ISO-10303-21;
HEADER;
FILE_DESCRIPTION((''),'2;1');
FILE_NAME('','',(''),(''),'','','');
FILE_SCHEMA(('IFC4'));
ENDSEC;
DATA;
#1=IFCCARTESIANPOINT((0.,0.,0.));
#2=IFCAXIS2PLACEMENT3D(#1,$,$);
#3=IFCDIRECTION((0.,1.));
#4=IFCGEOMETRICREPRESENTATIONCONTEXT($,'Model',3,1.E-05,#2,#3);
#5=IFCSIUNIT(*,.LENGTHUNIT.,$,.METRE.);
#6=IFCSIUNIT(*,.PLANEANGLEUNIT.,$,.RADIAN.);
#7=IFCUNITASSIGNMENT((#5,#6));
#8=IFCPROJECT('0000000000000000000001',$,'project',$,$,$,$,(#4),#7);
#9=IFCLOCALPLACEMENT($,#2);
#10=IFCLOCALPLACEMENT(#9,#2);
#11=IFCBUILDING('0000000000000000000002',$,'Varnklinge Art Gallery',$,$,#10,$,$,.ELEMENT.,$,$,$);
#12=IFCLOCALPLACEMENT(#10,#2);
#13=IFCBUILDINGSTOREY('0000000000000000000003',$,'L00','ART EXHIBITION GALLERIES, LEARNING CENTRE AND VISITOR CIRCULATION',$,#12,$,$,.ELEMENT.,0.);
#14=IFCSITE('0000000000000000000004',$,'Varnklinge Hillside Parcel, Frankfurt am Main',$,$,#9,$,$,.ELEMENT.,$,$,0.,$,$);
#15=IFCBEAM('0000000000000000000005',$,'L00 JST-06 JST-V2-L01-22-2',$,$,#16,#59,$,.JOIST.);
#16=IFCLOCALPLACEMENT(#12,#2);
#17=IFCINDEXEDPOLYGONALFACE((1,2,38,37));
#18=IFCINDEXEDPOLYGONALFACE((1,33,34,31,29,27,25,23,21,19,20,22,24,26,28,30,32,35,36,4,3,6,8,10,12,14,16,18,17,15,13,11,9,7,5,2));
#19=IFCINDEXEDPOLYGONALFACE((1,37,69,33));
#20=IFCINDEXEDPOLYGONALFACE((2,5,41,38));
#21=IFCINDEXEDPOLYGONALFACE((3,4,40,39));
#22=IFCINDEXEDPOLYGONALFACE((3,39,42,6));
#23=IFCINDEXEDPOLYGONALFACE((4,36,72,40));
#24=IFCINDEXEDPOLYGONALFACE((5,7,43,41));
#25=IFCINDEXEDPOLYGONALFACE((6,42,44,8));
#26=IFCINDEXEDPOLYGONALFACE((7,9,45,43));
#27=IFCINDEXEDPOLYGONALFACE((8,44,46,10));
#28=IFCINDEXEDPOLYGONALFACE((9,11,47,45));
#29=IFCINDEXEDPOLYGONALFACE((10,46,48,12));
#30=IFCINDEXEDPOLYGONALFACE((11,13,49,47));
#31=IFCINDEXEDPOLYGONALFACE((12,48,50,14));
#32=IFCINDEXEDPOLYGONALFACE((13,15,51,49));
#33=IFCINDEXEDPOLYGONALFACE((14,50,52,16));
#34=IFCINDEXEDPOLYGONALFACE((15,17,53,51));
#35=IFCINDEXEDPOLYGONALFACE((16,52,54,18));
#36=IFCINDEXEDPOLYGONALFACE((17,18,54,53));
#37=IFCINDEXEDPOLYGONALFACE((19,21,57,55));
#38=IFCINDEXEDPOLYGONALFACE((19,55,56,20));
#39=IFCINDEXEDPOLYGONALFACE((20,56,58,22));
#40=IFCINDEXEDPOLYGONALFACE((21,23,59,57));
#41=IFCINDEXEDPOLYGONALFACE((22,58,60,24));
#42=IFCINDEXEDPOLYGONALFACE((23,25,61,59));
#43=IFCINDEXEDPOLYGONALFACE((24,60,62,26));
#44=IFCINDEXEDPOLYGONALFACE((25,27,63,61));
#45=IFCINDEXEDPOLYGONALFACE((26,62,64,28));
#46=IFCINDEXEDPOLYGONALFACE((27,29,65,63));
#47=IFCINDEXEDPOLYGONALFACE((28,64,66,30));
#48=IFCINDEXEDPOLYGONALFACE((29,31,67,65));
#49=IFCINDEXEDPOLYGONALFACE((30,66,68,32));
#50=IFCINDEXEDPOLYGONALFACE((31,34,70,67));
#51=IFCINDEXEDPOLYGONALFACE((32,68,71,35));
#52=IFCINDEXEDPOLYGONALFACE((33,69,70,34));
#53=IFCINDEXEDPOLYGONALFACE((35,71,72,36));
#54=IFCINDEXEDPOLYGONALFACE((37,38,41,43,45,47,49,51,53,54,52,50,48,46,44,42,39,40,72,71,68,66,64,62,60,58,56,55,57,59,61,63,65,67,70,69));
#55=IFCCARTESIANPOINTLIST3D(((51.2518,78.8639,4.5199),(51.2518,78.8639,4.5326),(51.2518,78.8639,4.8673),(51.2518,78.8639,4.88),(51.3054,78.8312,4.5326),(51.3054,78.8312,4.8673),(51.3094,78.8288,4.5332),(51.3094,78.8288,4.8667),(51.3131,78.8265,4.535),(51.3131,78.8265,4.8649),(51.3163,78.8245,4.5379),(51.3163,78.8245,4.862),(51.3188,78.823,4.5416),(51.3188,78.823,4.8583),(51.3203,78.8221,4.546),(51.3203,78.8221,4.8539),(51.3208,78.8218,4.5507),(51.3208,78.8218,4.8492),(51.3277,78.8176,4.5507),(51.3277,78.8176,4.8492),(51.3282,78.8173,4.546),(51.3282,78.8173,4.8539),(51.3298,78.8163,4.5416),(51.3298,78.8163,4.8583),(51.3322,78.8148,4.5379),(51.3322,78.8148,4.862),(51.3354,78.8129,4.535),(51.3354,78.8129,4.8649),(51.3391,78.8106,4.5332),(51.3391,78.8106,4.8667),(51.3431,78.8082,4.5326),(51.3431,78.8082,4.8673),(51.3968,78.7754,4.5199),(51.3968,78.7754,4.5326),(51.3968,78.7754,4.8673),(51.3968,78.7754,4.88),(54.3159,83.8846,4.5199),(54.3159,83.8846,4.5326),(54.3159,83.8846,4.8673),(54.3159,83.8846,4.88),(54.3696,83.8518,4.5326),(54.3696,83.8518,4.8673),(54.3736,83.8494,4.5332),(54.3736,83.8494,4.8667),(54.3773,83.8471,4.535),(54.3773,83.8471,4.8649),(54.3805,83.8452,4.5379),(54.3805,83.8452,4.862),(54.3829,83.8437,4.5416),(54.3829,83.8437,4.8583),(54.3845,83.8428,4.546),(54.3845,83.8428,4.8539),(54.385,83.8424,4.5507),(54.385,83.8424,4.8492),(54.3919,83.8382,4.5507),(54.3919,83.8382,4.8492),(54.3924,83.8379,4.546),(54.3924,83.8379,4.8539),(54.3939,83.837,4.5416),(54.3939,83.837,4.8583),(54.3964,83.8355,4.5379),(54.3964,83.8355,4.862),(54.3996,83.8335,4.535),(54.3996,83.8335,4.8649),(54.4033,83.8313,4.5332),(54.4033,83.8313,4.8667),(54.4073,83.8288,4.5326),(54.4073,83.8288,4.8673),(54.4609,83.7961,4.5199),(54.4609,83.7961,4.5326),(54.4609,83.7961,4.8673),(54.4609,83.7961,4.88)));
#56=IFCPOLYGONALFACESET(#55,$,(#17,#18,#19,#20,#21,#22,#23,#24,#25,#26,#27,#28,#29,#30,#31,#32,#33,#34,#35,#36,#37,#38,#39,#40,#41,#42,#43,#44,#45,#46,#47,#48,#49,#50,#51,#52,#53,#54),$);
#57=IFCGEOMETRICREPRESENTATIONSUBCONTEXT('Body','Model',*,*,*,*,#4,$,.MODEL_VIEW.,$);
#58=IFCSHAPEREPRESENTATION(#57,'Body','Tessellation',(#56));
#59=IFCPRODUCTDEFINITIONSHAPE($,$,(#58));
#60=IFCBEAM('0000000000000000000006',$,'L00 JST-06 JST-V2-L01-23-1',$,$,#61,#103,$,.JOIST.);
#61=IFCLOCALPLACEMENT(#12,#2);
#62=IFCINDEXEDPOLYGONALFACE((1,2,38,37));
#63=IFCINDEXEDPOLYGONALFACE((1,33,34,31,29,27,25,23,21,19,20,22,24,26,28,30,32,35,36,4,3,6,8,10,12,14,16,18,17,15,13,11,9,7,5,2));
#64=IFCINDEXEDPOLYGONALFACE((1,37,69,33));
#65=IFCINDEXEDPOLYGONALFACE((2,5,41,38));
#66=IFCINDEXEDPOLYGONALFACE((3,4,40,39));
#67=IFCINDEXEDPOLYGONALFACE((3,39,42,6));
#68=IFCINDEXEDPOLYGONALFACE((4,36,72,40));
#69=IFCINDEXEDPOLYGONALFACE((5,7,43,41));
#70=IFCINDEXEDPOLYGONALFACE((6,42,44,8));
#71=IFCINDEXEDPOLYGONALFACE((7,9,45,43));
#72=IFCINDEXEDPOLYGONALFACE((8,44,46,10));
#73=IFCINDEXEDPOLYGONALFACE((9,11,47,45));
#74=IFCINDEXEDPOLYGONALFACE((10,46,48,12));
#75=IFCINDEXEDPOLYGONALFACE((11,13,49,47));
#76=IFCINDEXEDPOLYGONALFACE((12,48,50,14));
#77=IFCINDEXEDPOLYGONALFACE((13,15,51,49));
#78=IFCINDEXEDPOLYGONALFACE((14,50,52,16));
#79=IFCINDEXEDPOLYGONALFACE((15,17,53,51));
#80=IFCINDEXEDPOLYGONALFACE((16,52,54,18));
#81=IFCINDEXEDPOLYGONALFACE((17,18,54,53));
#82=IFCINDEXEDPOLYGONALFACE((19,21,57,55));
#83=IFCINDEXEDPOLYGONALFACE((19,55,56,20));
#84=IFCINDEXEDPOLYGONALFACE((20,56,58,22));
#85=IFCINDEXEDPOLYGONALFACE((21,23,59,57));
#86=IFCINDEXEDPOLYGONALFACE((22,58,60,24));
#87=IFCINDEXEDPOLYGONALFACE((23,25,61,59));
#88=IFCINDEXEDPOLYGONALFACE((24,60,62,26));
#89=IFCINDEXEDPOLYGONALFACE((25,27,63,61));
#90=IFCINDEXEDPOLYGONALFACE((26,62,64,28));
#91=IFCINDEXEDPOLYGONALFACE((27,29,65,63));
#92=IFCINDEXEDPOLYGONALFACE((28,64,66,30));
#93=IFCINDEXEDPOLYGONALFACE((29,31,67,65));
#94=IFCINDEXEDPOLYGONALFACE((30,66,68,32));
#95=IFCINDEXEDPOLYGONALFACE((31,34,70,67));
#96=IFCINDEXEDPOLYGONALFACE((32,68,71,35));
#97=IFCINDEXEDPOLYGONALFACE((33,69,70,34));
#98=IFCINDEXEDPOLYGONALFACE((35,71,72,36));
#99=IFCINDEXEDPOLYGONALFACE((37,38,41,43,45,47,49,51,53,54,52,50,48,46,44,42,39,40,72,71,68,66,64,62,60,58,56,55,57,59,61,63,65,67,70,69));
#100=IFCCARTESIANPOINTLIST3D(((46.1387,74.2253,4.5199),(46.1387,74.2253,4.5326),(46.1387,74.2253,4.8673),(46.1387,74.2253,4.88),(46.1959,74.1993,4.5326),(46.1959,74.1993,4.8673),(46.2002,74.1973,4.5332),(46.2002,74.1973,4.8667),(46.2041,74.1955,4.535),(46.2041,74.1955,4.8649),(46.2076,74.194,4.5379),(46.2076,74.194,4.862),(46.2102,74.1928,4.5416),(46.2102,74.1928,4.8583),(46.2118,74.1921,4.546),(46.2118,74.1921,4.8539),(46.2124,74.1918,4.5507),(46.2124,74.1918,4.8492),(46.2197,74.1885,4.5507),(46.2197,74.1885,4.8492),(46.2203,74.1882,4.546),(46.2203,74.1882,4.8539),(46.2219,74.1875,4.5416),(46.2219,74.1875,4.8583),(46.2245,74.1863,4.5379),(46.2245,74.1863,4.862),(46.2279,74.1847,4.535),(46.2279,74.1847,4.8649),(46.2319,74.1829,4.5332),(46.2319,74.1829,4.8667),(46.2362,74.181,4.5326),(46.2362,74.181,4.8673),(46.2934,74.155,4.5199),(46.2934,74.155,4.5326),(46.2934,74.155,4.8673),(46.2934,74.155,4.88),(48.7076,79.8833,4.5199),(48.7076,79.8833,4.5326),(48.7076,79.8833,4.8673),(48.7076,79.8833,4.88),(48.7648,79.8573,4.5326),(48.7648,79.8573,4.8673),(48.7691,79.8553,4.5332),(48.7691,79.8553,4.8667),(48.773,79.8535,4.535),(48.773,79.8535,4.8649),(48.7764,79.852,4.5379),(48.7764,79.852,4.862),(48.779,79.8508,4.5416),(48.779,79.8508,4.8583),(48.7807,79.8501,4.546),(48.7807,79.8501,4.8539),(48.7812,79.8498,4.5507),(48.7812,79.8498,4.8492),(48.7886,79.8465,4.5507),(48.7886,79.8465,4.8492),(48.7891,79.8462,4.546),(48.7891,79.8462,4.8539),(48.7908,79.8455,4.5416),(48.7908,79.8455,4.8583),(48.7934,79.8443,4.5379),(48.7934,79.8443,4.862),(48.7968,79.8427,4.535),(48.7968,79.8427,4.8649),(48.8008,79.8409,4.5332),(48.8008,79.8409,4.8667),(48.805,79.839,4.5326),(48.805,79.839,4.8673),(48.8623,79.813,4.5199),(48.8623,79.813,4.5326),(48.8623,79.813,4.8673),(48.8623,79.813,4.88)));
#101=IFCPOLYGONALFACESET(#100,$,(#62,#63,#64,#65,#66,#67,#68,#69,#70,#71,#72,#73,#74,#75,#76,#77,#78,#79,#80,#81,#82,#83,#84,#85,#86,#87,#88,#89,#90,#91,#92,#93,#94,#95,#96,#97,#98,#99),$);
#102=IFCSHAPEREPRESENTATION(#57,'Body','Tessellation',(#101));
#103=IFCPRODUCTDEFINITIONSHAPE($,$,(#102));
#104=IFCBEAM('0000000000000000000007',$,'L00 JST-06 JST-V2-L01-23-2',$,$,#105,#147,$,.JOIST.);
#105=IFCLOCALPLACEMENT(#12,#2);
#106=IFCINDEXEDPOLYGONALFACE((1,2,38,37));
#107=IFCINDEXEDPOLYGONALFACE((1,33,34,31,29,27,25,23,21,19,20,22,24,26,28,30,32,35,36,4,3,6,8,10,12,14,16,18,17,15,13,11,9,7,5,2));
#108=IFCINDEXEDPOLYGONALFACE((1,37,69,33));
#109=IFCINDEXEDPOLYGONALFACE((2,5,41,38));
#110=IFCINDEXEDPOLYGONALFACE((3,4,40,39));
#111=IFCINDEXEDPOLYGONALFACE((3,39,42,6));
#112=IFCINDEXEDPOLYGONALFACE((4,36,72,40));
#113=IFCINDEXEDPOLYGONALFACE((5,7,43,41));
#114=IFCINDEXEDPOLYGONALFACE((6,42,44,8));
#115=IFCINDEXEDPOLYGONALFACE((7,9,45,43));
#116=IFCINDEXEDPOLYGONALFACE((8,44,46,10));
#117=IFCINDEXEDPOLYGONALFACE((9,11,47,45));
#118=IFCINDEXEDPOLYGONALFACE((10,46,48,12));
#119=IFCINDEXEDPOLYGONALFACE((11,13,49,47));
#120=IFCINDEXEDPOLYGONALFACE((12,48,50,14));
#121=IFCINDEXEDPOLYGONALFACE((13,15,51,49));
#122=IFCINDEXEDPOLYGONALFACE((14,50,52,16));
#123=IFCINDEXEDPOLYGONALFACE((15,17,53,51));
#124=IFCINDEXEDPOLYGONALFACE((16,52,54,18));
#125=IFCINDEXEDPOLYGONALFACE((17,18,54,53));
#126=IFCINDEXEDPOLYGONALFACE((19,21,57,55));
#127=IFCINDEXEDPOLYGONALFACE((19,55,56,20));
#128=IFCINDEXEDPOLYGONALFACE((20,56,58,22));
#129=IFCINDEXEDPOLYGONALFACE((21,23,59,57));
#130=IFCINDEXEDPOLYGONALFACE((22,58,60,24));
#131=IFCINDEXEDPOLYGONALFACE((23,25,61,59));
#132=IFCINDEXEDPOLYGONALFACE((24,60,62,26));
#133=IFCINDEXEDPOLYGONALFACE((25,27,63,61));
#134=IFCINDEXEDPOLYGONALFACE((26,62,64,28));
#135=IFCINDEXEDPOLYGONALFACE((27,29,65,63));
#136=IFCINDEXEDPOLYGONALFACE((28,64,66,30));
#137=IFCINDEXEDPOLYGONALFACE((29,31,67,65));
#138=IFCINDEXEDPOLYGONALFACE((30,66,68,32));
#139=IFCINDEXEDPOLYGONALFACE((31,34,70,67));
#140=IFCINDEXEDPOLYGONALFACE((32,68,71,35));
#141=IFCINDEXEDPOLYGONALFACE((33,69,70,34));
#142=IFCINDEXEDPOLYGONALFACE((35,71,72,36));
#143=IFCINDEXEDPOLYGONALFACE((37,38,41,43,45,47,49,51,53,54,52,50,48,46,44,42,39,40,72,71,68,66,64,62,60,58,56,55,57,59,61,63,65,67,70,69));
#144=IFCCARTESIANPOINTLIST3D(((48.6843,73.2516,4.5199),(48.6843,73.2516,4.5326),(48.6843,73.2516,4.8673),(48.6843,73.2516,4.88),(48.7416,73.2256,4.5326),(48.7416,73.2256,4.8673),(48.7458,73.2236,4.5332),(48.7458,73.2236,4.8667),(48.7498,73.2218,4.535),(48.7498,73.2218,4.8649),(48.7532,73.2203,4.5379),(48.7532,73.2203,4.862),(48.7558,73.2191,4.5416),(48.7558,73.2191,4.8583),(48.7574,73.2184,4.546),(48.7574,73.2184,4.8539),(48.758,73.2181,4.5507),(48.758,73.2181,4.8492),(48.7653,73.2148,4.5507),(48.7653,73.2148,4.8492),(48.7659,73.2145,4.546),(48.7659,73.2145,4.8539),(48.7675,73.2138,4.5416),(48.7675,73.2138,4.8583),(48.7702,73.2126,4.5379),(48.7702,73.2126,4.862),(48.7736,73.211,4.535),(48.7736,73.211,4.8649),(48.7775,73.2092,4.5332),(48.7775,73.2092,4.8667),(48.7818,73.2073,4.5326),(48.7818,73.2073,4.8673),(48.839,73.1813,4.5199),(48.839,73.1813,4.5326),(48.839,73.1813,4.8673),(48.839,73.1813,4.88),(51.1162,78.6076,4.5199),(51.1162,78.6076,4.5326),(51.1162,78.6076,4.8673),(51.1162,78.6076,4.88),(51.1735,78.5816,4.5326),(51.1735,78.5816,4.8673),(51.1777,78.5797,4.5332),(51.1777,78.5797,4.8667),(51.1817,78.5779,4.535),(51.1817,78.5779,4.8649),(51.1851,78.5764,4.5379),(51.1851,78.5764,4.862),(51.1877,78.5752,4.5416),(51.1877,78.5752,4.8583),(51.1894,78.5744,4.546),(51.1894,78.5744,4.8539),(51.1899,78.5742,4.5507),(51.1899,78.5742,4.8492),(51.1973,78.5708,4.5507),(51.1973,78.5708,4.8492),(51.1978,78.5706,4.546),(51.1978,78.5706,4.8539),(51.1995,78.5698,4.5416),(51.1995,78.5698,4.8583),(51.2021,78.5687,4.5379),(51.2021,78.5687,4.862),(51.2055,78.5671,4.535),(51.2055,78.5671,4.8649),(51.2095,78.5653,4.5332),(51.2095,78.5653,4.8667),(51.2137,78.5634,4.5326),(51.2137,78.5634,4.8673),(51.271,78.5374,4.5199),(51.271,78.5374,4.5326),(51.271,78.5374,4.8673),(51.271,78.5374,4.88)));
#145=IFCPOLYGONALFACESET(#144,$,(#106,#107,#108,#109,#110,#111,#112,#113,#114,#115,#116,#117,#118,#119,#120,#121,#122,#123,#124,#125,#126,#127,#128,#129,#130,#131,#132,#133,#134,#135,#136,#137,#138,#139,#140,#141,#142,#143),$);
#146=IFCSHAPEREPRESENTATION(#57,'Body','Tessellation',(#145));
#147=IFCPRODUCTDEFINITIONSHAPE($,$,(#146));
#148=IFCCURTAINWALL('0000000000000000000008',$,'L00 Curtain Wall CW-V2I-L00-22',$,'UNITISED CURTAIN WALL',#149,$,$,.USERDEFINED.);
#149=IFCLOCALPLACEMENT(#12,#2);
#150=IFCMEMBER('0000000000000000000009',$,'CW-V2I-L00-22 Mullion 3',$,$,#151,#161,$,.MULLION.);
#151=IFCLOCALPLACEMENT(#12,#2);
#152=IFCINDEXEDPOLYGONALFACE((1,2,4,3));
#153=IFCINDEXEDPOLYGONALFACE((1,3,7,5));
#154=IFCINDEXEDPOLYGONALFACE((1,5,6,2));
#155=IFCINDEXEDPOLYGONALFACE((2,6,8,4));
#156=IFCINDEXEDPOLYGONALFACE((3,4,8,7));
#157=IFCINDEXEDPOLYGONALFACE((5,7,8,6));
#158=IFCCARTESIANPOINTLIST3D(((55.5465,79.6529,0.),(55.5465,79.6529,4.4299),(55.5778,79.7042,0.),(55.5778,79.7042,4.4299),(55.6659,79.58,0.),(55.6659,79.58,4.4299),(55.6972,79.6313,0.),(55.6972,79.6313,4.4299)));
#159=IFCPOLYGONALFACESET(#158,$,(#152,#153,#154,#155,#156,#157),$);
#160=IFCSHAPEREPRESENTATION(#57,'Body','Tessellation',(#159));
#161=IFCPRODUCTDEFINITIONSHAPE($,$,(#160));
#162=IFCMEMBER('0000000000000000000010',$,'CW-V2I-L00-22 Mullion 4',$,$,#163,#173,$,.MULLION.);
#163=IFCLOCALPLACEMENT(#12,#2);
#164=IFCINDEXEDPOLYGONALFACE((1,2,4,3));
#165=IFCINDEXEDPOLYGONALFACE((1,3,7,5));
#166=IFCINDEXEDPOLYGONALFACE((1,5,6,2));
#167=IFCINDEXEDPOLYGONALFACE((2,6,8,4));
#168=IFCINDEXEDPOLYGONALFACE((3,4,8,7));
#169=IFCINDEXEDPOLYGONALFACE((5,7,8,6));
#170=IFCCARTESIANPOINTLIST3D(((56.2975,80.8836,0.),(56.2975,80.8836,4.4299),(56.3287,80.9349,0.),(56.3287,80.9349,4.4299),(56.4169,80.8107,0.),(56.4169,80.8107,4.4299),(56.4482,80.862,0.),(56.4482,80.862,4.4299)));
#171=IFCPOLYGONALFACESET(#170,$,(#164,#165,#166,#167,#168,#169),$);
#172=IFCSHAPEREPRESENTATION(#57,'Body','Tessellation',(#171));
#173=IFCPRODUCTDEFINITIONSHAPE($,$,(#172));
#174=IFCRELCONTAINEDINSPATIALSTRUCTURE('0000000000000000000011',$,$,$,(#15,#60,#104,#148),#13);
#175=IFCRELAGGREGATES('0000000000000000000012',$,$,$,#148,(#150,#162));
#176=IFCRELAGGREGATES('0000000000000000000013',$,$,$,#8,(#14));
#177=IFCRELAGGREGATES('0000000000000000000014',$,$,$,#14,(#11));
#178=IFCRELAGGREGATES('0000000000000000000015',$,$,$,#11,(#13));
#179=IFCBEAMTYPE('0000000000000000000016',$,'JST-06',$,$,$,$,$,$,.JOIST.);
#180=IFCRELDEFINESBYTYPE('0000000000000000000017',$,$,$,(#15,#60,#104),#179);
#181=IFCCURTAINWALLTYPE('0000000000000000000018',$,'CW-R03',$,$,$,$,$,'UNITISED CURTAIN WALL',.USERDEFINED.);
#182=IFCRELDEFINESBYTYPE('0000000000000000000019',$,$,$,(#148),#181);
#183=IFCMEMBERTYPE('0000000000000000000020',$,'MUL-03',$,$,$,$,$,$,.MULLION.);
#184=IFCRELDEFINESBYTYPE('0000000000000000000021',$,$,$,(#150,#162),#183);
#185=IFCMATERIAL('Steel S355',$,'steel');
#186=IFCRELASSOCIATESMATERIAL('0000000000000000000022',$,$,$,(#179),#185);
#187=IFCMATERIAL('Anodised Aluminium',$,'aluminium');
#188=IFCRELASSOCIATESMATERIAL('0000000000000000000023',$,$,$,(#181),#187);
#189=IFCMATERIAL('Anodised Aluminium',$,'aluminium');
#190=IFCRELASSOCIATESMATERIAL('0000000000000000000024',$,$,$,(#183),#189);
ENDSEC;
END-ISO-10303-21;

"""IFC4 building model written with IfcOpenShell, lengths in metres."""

from ifc_helpers import new_model, si_unit, direction, frame, origin, origin_2d, place, context, subcontext, project, spatial, rectangle, i_section, extrude, material, material_profile, profile_set, type_object, element, aggregate, save


model = new_model("IFC4")

# Units and contexts
model_context = context("Model", 3, precision=1e-05, world=origin(), true_north=direction((0.0, 1.0)))
body_context = subcontext(model_context, "Body", "Model", "MODEL_VIEW")
ifc_project = project(units=[si_unit("LENGTHUNIT", "METRE"), si_unit("PLANEANGLEUNIT", "RADIAN")], contexts=[model_context])

# Site, building, storey
site_placement = place(None, origin())
site = spatial("IfcSite", under=ifc_project, at=site_placement, Name="Varnklinge Hillside Parcel, Frankfurt am Main", CompositionType="ELEMENT", RefElevation=0.0)
building_placement = place(site_placement, origin())
building = spatial("IfcBuilding", under=site, at=building_placement, Name="Varnklinge Art Gallery", CompositionType="ELEMENT")
storey_placement = place(building_placement, origin())
storey = spatial("IfcBuildingStorey", under=building, at=storey_placement, Name="L00", Description="ART EXHIBITION GALLERIES, LEARNING CENTRE AND VISITOR CIRCULATION", CompositionType="ELEMENT", Elevation=0.0)

# Beams
ifc_material_1 = material(Name="Steel S355", Category="steel")
ifc_material_profile_1 = material_profile(ifc_material_1, i_section(OverallWidth=0.1699, OverallDepth=0.3601, WebThickness=0.0081, FlangeThickness=0.0127, FilletRadius=0.0181, at=origin_2d()), Name="IPE 360")
ifc_profile_set_1 = profile_set([ifc_material_profile_1], Name="Steel S355")
beam_type_1 = type_object("IfcBeamType", Name="JST-06", PredefinedType="JOIST", material=ifc_profile_set_1)
beam_1_placement = place(storey_placement, frame((54.3884, 83.8403, 4.7), z_axis=(-0.520951, -0.853586, 0.0), x_axis=(0.853586, -0.520951, 0.0)))
element("IfcBeam", 1, at=beam_1_placement, inside=storey, type_object=beam_type_1, Name="L00 JST-06 JST-V2-L01-22-2", PredefinedType="JOIST", context=body_context, shape_type="SweptSolid", body=[
    extrude(i_section(OverallWidth=0.1699, OverallDepth=0.3601, WebThickness=0.0081, FlangeThickness=0.0127, FilletRadius=0.0181, at=origin_2d()), origin(), (0.0, 0.0, 1.0), 5.8818),
])
beam_2_placement = place(storey_placement, frame((48.7849, 79.8481, 4.7), z_axis=(-0.413409, -0.910545, 0.0), x_axis=(0.910545, -0.413409, 0.0)))
element("IfcBeam", 2, at=beam_2_placement, inside=storey, type_object=beam_type_1, Name="L00 JST-06 JST-V2-L01-23-1", PredefinedType="JOIST", context=body_context, shape_type="SweptSolid", body=[
    extrude(i_section(OverallWidth=0.1699, OverallDepth=0.3601, WebThickness=0.0081, FlangeThickness=0.0127, FilletRadius=0.0181, at=origin_2d()), origin(), (0.0, 0.0, 1.0), 6.2139),
])
beam_3_placement = place(storey_placement, frame((51.1936, 78.5725, 4.7), z_axis=(-0.413431, -0.910536, 0.0), x_axis=(0.910536, -0.413431, 0.0)))
element("IfcBeam", 3, at=beam_3_placement, inside=storey, type_object=beam_type_1, Name="L00 JST-06 JST-V2-L01-23-2", PredefinedType="JOIST", context=body_context, shape_type="SweptSolid", body=[
    extrude(i_section(OverallWidth=0.1699, OverallDepth=0.3601, WebThickness=0.0081, FlangeThickness=0.0127, FilletRadius=0.0181, at=origin_2d()), origin(), (0.0, 0.0, 1.0), 5.8823),
])

# Curtain wall, members
ifc_material_2 = material(Name="Anodised Aluminium", Category="aluminium")
curtain_wall_type = type_object("IfcCurtainWallType", Name="CW-R03", ElementType="UNITISED CURTAIN WALL", PredefinedType="USERDEFINED", material=ifc_material_2)
curtain_wall_placement = place(storey_placement, origin())
curtain_wall = element("IfcCurtainWall", 4, at=curtain_wall_placement, inside=storey, type_object=curtain_wall_type, Name="L00 Curtain Wall CW-V2I-L00-22", ObjectType="UNITISED CURTAIN WALL", PredefinedType="USERDEFINED")
ifc_material_3 = material(Name="Anodised Aluminium", Category="aluminium")
ifc_material_profile_2 = material_profile(ifc_material_3, rectangle(XDim=0.0601, YDim=0.1399, at=origin_2d()), Name="ALU 60x140")
ifc_profile_set_2 = profile_set([ifc_material_profile_2], Name="Anodised Aluminium")
member_type = type_object("IfcMemberType", Name="MUL-03", PredefinedType="MULLION", material=ifc_profile_set_2)
member_1_placement = place(storey_placement, frame((55.6218, 79.6421, 0.0), z_axis=(0.0, 0.0, 1.0), x_axis=(0.520861, 0.853642, 0.0)))
member_1 = element("IfcMember", 5, at=member_1_placement, type_object=member_type, Name="CW-V2I-L00-22 Mullion 3", PredefinedType="MULLION", context=body_context, shape_type="SweptSolid", body=[
    extrude(rectangle(XDim=0.0601, YDim=0.1399, at=origin_2d()), origin(), (0.0, 0.0, 1.0), 4.4299),
])
member_2_placement = place(storey_placement, frame((56.3728, 80.8728, 0.0), z_axis=(0.0, 0.0, 1.0), x_axis=(0.520861, 0.853642, 0.0)))
member_2 = element("IfcMember", 6, at=member_2_placement, type_object=member_type, Name="CW-V2I-L00-22 Mullion 4", PredefinedType="MULLION", context=body_context, shape_type="SweptSolid", body=[
    extrude(rectangle(XDim=0.0601, YDim=0.1399, at=origin_2d()), origin(), (0.0, 0.0, 1.0), 4.4299),
])

aggregate(curtain_wall, [member_1, member_2])

save(model, "model.ifc")
